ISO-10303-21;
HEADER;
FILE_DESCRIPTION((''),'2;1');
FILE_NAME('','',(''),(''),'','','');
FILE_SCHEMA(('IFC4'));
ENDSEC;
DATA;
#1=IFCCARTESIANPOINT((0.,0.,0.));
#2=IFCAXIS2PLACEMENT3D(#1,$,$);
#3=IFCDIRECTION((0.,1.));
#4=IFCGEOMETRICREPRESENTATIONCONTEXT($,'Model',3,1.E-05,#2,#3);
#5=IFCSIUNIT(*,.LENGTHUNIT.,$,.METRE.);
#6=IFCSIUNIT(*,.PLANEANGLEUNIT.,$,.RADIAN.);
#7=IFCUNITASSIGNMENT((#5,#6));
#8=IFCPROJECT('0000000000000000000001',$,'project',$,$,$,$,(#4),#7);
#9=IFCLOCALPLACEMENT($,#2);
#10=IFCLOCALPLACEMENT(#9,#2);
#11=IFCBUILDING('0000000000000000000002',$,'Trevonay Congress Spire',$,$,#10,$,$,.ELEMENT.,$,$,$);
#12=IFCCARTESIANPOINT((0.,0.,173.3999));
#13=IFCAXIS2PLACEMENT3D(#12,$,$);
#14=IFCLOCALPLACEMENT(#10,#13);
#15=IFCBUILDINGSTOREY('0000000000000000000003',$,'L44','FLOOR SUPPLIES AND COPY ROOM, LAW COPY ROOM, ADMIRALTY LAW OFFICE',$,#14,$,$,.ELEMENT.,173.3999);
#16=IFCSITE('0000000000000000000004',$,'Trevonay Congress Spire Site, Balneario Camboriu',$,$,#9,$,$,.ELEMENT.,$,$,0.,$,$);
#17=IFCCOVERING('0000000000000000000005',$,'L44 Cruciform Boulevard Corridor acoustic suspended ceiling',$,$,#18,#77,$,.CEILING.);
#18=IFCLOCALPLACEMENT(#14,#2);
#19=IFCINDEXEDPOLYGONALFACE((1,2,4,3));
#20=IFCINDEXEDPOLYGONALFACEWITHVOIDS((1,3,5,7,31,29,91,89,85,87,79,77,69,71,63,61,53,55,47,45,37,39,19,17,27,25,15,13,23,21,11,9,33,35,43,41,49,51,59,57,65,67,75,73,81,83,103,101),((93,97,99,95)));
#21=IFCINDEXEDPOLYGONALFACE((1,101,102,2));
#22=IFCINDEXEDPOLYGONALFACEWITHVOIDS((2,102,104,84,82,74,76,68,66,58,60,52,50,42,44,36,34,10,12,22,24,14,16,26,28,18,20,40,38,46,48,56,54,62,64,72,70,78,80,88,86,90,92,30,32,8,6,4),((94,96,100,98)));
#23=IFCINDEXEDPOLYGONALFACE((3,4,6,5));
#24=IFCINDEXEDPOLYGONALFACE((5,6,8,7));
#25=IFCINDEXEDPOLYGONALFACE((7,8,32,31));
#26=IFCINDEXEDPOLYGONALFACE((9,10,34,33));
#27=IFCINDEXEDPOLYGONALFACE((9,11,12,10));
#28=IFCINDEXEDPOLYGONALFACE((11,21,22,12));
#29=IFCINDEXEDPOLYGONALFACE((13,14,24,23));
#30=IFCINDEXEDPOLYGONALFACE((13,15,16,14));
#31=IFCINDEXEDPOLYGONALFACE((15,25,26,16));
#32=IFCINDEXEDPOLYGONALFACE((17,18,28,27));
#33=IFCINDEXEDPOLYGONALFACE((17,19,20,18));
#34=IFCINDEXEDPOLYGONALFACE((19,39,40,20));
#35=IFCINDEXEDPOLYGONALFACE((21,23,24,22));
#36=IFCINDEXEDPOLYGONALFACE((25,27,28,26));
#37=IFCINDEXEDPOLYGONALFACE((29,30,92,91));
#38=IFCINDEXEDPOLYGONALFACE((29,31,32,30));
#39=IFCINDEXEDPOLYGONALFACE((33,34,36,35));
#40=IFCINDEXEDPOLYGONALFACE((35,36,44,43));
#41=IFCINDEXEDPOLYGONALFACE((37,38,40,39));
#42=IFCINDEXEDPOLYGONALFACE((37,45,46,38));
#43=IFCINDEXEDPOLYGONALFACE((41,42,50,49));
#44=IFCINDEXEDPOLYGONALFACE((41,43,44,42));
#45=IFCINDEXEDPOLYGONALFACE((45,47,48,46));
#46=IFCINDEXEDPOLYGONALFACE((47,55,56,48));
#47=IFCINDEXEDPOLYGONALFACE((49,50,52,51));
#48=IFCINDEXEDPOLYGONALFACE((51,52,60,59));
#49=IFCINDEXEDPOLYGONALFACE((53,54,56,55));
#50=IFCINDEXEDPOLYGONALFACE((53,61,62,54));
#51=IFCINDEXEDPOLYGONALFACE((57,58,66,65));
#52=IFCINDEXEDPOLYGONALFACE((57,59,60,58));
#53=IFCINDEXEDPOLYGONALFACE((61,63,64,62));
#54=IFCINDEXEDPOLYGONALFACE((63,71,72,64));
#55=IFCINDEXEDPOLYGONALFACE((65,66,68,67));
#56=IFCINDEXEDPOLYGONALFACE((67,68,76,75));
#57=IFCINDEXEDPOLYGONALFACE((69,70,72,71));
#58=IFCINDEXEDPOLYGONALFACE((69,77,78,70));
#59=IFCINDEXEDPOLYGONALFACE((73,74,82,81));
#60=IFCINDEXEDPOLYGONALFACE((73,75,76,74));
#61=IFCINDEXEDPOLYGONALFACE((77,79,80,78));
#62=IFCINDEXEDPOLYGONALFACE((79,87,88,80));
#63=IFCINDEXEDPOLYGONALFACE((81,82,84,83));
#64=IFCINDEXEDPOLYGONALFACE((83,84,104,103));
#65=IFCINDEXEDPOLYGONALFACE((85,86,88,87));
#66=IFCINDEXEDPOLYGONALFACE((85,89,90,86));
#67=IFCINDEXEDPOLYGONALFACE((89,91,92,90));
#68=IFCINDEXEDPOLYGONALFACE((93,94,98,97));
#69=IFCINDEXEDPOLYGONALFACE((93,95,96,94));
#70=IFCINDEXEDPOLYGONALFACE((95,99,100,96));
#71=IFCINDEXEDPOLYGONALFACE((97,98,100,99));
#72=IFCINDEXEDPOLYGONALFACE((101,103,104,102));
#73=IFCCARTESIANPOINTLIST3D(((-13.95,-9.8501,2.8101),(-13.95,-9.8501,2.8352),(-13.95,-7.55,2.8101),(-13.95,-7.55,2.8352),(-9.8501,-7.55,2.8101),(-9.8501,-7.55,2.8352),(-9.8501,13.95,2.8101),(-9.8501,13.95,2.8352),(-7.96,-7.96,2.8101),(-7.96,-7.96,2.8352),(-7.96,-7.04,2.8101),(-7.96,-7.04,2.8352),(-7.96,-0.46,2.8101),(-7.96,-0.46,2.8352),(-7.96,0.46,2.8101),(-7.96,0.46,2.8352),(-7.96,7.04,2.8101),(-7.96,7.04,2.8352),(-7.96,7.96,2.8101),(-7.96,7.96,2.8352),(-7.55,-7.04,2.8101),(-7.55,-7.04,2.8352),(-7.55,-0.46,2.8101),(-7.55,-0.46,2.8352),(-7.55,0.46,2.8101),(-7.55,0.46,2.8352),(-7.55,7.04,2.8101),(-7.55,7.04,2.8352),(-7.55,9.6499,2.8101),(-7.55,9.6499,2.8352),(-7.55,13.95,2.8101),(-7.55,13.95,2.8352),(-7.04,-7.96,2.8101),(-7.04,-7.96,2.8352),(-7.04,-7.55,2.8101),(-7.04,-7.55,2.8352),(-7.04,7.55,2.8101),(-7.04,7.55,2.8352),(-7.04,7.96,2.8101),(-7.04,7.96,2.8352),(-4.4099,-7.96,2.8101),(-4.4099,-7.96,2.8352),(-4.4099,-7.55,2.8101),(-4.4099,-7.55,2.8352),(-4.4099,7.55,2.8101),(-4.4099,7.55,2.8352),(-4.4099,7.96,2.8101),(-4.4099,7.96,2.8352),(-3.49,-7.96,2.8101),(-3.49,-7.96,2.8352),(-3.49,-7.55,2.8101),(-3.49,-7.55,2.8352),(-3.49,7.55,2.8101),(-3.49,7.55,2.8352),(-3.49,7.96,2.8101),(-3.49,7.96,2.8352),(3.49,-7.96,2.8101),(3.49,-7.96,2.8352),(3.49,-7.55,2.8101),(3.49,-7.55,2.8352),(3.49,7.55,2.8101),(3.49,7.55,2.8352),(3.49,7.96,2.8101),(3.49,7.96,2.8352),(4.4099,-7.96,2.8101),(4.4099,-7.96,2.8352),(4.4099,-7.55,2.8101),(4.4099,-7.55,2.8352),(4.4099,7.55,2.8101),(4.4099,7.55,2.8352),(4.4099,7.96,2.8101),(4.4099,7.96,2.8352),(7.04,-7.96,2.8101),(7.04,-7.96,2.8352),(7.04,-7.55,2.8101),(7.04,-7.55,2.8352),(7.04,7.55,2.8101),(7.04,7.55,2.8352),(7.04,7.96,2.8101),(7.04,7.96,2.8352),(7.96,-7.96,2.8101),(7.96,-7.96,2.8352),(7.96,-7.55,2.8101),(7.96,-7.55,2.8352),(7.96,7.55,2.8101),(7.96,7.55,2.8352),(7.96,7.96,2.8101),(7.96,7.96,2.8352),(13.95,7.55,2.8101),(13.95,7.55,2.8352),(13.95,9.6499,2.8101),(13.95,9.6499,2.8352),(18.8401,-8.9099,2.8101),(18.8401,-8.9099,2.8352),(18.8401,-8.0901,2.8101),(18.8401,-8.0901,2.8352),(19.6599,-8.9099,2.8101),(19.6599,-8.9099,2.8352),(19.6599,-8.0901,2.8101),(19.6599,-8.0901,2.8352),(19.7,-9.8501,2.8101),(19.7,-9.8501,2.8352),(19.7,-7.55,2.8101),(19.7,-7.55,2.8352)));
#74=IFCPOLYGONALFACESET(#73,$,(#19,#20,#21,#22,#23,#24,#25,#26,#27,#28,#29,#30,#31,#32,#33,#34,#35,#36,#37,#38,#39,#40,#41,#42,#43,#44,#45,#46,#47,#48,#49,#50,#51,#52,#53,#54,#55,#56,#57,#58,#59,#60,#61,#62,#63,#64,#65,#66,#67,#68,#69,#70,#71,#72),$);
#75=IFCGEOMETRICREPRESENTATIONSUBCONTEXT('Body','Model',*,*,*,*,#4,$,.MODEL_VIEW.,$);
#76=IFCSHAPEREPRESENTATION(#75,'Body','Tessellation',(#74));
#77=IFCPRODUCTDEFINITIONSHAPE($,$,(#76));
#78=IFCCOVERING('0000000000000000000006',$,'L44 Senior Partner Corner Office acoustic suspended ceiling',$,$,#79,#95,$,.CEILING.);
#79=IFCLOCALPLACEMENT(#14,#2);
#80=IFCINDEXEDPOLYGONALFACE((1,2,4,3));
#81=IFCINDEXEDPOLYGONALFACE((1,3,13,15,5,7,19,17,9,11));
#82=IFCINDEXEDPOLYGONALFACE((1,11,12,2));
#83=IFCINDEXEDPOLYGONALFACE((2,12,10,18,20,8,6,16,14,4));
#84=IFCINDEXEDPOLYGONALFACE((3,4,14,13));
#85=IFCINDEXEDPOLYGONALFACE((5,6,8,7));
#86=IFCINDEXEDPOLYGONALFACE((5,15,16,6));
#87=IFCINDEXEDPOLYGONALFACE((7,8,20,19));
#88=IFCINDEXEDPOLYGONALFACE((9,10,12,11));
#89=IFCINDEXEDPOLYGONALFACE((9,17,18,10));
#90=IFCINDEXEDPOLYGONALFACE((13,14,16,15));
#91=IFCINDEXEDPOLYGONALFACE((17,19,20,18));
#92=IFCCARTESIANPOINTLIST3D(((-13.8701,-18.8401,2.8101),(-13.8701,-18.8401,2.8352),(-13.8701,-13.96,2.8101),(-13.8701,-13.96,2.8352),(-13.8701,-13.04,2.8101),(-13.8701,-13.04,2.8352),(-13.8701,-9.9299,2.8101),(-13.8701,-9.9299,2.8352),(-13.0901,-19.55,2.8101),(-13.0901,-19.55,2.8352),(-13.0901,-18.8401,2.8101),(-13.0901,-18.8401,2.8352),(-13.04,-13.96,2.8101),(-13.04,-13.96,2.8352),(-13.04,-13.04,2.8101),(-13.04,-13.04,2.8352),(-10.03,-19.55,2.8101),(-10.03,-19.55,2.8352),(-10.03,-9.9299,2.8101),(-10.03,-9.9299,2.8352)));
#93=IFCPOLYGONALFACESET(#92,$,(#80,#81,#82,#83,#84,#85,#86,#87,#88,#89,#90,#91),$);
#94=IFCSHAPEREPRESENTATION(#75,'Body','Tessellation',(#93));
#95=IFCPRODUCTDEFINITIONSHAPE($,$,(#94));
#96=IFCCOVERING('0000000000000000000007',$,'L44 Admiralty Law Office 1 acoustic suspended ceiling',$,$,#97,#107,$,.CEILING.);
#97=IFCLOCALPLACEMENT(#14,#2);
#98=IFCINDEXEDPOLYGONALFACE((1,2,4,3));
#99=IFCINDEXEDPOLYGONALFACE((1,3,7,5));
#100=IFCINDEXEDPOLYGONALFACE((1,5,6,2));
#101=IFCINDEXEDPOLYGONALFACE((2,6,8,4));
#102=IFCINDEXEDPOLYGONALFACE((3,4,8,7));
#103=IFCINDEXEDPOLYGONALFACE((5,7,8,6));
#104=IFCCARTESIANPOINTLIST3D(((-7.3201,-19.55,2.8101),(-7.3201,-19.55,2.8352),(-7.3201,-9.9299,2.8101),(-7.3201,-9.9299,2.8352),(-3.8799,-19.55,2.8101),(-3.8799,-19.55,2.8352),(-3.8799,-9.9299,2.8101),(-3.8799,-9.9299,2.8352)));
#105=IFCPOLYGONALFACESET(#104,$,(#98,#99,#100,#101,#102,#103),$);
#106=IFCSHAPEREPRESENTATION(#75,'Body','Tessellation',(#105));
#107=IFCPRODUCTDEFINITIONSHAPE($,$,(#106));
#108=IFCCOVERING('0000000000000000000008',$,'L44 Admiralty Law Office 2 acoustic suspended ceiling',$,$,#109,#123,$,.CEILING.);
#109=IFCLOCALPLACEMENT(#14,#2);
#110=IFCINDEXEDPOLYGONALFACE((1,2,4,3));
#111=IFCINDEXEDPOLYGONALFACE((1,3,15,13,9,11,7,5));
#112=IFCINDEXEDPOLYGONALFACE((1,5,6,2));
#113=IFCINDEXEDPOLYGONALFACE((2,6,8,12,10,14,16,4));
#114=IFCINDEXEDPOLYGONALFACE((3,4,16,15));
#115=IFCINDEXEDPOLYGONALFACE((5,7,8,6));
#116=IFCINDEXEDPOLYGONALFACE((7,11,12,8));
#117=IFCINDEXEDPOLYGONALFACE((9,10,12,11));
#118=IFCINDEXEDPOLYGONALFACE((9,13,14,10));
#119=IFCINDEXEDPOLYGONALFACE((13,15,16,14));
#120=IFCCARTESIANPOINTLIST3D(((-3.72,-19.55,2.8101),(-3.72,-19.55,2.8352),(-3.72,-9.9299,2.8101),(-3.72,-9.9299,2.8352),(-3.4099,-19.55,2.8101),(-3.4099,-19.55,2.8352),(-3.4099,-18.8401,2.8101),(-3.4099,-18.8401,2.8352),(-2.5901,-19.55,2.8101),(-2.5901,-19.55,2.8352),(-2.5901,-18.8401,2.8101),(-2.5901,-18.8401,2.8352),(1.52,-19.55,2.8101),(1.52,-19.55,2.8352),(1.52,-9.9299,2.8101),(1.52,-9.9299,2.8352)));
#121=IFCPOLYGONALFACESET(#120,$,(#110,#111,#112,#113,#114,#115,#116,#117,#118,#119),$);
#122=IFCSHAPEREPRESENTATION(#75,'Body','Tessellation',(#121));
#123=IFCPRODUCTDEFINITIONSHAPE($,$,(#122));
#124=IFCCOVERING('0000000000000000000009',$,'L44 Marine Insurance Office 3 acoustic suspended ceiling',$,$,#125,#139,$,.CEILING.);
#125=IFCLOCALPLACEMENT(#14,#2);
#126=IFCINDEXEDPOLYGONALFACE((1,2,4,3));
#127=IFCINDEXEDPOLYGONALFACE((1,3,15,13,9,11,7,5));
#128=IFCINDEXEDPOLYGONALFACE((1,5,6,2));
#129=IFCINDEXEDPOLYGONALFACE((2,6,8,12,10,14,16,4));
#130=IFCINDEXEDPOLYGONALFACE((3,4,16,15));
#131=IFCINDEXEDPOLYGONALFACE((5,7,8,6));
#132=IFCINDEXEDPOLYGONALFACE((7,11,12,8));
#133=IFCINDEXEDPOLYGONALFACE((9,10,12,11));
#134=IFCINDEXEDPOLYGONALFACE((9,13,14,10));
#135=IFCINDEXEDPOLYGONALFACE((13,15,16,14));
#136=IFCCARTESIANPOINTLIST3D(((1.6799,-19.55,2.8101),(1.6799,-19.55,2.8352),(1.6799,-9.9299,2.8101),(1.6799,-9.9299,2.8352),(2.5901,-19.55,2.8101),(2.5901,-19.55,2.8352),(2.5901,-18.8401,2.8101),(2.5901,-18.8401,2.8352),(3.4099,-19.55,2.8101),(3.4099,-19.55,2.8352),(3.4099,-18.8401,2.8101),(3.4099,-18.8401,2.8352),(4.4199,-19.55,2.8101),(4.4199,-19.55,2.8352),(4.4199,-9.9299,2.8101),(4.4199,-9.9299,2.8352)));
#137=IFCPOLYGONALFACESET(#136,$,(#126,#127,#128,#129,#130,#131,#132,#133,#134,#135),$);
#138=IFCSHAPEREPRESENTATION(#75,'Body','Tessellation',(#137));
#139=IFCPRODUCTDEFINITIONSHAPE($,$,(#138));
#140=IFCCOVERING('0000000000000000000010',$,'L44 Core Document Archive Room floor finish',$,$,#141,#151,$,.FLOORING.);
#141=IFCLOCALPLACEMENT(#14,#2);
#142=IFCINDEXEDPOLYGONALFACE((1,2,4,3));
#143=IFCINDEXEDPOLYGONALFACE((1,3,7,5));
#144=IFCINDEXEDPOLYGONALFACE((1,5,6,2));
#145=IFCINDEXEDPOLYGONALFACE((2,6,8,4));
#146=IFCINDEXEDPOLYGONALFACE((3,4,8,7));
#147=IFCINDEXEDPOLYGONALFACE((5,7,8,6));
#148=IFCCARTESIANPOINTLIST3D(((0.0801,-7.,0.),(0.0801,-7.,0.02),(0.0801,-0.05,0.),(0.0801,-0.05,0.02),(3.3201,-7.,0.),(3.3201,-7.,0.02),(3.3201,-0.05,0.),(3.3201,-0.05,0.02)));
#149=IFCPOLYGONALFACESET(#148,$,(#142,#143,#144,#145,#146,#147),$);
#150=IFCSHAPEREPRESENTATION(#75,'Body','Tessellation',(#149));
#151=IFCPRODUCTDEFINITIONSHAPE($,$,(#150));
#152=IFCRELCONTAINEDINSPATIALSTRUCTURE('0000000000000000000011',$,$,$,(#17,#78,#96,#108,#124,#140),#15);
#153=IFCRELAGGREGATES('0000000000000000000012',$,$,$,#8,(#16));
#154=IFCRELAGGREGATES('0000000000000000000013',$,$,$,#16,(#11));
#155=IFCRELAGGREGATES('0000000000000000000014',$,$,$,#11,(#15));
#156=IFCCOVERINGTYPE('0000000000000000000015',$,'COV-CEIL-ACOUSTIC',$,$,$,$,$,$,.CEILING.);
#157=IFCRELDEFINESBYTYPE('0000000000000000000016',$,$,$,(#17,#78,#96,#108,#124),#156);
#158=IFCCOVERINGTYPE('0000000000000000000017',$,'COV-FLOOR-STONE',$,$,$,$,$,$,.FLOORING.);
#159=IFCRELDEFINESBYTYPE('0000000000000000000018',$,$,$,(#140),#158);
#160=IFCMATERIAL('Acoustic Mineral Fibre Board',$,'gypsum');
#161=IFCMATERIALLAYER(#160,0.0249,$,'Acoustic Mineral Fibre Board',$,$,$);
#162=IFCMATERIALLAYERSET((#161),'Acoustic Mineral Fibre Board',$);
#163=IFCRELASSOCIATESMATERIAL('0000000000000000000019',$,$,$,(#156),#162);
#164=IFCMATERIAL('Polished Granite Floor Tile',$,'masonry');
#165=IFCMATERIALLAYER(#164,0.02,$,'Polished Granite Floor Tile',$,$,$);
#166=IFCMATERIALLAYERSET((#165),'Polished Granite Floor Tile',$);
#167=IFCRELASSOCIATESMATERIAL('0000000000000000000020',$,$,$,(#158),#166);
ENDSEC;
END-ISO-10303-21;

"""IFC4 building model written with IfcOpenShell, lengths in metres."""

from ifc_helpers import new_model, si_unit, direction, frame, origin, place, context, subcontext, project, spatial, polyline, outline, extrude, material, layer, layer_set, type_object, element, save


model = new_model("IFC4")

# Units and contexts
model_context = context("Model", 3, precision=1e-05, world=origin(), true_north=direction((0.0, 1.0)))
body_context = subcontext(model_context, "Body", "Model", "MODEL_VIEW")
ifc_project = project(units=[si_unit("LENGTHUNIT", "METRE"), si_unit("PLANEANGLEUNIT", "RADIAN")], contexts=[model_context])

# Site, building, storey
site_placement = place(None, origin())
site = spatial("IfcSite", under=ifc_project, at=site_placement, Name="Trevonay Congress Spire Site, Balneario Camboriu", CompositionType="ELEMENT", RefElevation=0.0)
building_placement = place(site_placement, origin())
building = spatial("IfcBuilding", under=site, at=building_placement, Name="Trevonay Congress Spire", CompositionType="ELEMENT")
storey_placement = place(building_placement, frame((0.0, 0.0, 173.3999)))
storey = spatial("IfcBuildingStorey", under=building, at=storey_placement, Name="L44", Description="FLOOR SUPPLIES AND COPY ROOM, LAW COPY ROOM, ADMIRALTY LAW OFFICE", CompositionType="ELEMENT", Elevation=173.3999)

# Coverings
ifc_material_1 = material(Name="Acoustic Mineral Fibre Board", Category="gypsum")
ifc_layer_1 = layer(ifc_material_1, 0.0249, Name="Acoustic Mineral Fibre Board")
ifc_layer_set_1 = layer_set([ifc_layer_1], Name="Acoustic Mineral Fibre Board")
covering_type_1 = type_object("IfcCoveringType", Name="COV-CEIL-ACOUSTIC", PredefinedType="CEILING", material=ifc_layer_set_1)
covering_1_placement = place(storey_placement, frame((0.0, 0.0, 2.8101)))
element("IfcCovering", 1, at=covering_1_placement, inside=storey, type_object=covering_type_1, Name="L44 Cruciform Boulevard Corridor acoustic suspended ceiling", PredefinedType="CEILING", context=body_context, shape_type="SweptSolid", body=[
    extrude(outline(polyline([(19.7, -7.55), (19.7, -9.8501), (-13.95, -9.8501), (-13.95, -7.55), (-9.8501, -7.55), (-9.8501, 13.95), (-7.55, 13.95), (-7.55, 9.6499), (13.95, 9.6499), (13.95, 7.55), (7.96, 7.55), (7.96, 7.96), (7.04, 7.96), (7.04, 7.55), (4.4099, 7.55), (4.4099, 7.96), (3.49, 7.96), (3.49, 7.55), (-3.49, 7.55), (-3.49, 7.96), (-4.4099, 7.96), (-4.4099, 7.55), (-7.04, 7.55), (-7.04, 7.96), (-7.96, 7.96), (-7.96, 7.04), (-7.55, 7.04), (-7.55, 0.46), (-7.96, 0.46), (-7.96, -0.46), (-7.55, -0.46), (-7.55, -7.04), (-7.96, -7.04), (-7.96, -7.96), (-7.04, -7.96), (-7.04, -7.55), (-4.4099, -7.55), (-4.4099, -7.96), (-3.49, -7.96), (-3.49, -7.55), (3.49, -7.55), (3.49, -7.96), (4.4099, -7.96), (4.4099, -7.55), (7.04, -7.55), (7.04, -7.96), (7.96, -7.96), (7.96, -7.55), (19.7, -7.55)]), holes=[polyline([(19.6599, -8.0901), (18.8401, -8.0901), (18.8401, -8.9099), (19.6599, -8.9099), (19.6599, -8.0901)])]), origin(), (0.0, 0.0, 1.0), 0.0251),
])
covering_2_placement = place(storey_placement, frame((0.0, 0.0, 2.8101)))
element("IfcCovering", 2, at=covering_2_placement, inside=storey, type_object=covering_type_1, Name="L44 Senior Partner Corner Office acoustic suspended ceiling", PredefinedType="CEILING", context=body_context, shape_type="SweptSolid", body=[
    extrude(outline(polyline([(-13.8701, -9.9299), (-10.03, -9.9299), (-10.03, -19.55), (-13.0901, -19.55), (-13.0901, -18.8401), (-13.8701, -18.8401), (-13.8701, -13.96), (-13.04, -13.96), (-13.04, -13.04), (-13.8701, -13.04), (-13.8701, -9.9299)])), origin(), (0.0, 0.0, 1.0), 0.0251),
])
covering_3_placement = place(storey_placement, frame((0.0, 0.0, 2.8101)))
element("IfcCovering", 3, at=covering_3_placement, inside=storey, type_object=covering_type_1, Name="L44 Admiralty Law Office 1 acoustic suspended ceiling", PredefinedType="CEILING", context=body_context, shape_type="SweptSolid", body=[
    extrude(outline(polyline([(-7.3201, -19.55), (-3.8799, -19.55), (-3.8799, -9.9299), (-7.3201, -9.9299), (-7.3201, -19.55)])), origin(), (0.0, 0.0, 1.0), 0.0251),
])
covering_4_placement = place(storey_placement, frame((0.0, 0.0, 2.8101)))
element("IfcCovering", 4, at=covering_4_placement, inside=storey, type_object=covering_type_1, Name="L44 Admiralty Law Office 2 acoustic suspended ceiling", PredefinedType="CEILING", context=body_context, shape_type="SweptSolid", body=[
    extrude(outline(polyline([(-3.72, -19.55), (-3.72, -9.9299), (1.52, -9.9299), (1.52, -19.55), (-2.5901, -19.55), (-2.5901, -18.8401), (-3.4099, -18.8401), (-3.4099, -19.55), (-3.72, -19.55)])), origin(), (0.0, 0.0, 1.0), 0.0251),
])
covering_5_placement = place(storey_placement, frame((0.0, 0.0, 2.8101)))
element("IfcCovering", 5, at=covering_5_placement, inside=storey, type_object=covering_type_1, Name="L44 Marine Insurance Office 3 acoustic suspended ceiling", PredefinedType="CEILING", context=body_context, shape_type="SweptSolid", body=[
    extrude(outline(polyline([(1.6799, -19.55), (1.6799, -9.9299), (4.4199, -9.9299), (4.4199, -19.55), (3.4099, -19.55), (3.4099, -18.8401), (2.5901, -18.8401), (2.5901, -19.55), (1.6799, -19.55)])), origin(), (0.0, 0.0, 1.0), 0.0251),
])
ifc_material_2 = material(Name="Polished Granite Floor Tile", Category="masonry")
ifc_layer_2 = layer(ifc_material_2, 0.02, Name="Polished Granite Floor Tile")
ifc_layer_set_2 = layer_set([ifc_layer_2], Name="Polished Granite Floor Tile")
covering_type_2 = type_object("IfcCoveringType", Name="COV-FLOOR-STONE", PredefinedType="FLOORING", material=ifc_layer_set_2)
covering_6_placement = place(storey_placement, origin())
element("IfcCovering", 6, at=covering_6_placement, inside=storey, type_object=covering_type_2, Name="L44 Core Document Archive Room floor finish", PredefinedType="FLOORING", context=body_context, shape_type="SweptSolid", body=[
    extrude(outline(polyline([(0.0801, -7.0), (3.3201, -7.0), (3.3201, -0.05), (0.0801, -0.05), (0.0801, -7.0)])), origin(), (0.0, 0.0, 1.0), 0.02),
])

save(model, "model.ifc")
